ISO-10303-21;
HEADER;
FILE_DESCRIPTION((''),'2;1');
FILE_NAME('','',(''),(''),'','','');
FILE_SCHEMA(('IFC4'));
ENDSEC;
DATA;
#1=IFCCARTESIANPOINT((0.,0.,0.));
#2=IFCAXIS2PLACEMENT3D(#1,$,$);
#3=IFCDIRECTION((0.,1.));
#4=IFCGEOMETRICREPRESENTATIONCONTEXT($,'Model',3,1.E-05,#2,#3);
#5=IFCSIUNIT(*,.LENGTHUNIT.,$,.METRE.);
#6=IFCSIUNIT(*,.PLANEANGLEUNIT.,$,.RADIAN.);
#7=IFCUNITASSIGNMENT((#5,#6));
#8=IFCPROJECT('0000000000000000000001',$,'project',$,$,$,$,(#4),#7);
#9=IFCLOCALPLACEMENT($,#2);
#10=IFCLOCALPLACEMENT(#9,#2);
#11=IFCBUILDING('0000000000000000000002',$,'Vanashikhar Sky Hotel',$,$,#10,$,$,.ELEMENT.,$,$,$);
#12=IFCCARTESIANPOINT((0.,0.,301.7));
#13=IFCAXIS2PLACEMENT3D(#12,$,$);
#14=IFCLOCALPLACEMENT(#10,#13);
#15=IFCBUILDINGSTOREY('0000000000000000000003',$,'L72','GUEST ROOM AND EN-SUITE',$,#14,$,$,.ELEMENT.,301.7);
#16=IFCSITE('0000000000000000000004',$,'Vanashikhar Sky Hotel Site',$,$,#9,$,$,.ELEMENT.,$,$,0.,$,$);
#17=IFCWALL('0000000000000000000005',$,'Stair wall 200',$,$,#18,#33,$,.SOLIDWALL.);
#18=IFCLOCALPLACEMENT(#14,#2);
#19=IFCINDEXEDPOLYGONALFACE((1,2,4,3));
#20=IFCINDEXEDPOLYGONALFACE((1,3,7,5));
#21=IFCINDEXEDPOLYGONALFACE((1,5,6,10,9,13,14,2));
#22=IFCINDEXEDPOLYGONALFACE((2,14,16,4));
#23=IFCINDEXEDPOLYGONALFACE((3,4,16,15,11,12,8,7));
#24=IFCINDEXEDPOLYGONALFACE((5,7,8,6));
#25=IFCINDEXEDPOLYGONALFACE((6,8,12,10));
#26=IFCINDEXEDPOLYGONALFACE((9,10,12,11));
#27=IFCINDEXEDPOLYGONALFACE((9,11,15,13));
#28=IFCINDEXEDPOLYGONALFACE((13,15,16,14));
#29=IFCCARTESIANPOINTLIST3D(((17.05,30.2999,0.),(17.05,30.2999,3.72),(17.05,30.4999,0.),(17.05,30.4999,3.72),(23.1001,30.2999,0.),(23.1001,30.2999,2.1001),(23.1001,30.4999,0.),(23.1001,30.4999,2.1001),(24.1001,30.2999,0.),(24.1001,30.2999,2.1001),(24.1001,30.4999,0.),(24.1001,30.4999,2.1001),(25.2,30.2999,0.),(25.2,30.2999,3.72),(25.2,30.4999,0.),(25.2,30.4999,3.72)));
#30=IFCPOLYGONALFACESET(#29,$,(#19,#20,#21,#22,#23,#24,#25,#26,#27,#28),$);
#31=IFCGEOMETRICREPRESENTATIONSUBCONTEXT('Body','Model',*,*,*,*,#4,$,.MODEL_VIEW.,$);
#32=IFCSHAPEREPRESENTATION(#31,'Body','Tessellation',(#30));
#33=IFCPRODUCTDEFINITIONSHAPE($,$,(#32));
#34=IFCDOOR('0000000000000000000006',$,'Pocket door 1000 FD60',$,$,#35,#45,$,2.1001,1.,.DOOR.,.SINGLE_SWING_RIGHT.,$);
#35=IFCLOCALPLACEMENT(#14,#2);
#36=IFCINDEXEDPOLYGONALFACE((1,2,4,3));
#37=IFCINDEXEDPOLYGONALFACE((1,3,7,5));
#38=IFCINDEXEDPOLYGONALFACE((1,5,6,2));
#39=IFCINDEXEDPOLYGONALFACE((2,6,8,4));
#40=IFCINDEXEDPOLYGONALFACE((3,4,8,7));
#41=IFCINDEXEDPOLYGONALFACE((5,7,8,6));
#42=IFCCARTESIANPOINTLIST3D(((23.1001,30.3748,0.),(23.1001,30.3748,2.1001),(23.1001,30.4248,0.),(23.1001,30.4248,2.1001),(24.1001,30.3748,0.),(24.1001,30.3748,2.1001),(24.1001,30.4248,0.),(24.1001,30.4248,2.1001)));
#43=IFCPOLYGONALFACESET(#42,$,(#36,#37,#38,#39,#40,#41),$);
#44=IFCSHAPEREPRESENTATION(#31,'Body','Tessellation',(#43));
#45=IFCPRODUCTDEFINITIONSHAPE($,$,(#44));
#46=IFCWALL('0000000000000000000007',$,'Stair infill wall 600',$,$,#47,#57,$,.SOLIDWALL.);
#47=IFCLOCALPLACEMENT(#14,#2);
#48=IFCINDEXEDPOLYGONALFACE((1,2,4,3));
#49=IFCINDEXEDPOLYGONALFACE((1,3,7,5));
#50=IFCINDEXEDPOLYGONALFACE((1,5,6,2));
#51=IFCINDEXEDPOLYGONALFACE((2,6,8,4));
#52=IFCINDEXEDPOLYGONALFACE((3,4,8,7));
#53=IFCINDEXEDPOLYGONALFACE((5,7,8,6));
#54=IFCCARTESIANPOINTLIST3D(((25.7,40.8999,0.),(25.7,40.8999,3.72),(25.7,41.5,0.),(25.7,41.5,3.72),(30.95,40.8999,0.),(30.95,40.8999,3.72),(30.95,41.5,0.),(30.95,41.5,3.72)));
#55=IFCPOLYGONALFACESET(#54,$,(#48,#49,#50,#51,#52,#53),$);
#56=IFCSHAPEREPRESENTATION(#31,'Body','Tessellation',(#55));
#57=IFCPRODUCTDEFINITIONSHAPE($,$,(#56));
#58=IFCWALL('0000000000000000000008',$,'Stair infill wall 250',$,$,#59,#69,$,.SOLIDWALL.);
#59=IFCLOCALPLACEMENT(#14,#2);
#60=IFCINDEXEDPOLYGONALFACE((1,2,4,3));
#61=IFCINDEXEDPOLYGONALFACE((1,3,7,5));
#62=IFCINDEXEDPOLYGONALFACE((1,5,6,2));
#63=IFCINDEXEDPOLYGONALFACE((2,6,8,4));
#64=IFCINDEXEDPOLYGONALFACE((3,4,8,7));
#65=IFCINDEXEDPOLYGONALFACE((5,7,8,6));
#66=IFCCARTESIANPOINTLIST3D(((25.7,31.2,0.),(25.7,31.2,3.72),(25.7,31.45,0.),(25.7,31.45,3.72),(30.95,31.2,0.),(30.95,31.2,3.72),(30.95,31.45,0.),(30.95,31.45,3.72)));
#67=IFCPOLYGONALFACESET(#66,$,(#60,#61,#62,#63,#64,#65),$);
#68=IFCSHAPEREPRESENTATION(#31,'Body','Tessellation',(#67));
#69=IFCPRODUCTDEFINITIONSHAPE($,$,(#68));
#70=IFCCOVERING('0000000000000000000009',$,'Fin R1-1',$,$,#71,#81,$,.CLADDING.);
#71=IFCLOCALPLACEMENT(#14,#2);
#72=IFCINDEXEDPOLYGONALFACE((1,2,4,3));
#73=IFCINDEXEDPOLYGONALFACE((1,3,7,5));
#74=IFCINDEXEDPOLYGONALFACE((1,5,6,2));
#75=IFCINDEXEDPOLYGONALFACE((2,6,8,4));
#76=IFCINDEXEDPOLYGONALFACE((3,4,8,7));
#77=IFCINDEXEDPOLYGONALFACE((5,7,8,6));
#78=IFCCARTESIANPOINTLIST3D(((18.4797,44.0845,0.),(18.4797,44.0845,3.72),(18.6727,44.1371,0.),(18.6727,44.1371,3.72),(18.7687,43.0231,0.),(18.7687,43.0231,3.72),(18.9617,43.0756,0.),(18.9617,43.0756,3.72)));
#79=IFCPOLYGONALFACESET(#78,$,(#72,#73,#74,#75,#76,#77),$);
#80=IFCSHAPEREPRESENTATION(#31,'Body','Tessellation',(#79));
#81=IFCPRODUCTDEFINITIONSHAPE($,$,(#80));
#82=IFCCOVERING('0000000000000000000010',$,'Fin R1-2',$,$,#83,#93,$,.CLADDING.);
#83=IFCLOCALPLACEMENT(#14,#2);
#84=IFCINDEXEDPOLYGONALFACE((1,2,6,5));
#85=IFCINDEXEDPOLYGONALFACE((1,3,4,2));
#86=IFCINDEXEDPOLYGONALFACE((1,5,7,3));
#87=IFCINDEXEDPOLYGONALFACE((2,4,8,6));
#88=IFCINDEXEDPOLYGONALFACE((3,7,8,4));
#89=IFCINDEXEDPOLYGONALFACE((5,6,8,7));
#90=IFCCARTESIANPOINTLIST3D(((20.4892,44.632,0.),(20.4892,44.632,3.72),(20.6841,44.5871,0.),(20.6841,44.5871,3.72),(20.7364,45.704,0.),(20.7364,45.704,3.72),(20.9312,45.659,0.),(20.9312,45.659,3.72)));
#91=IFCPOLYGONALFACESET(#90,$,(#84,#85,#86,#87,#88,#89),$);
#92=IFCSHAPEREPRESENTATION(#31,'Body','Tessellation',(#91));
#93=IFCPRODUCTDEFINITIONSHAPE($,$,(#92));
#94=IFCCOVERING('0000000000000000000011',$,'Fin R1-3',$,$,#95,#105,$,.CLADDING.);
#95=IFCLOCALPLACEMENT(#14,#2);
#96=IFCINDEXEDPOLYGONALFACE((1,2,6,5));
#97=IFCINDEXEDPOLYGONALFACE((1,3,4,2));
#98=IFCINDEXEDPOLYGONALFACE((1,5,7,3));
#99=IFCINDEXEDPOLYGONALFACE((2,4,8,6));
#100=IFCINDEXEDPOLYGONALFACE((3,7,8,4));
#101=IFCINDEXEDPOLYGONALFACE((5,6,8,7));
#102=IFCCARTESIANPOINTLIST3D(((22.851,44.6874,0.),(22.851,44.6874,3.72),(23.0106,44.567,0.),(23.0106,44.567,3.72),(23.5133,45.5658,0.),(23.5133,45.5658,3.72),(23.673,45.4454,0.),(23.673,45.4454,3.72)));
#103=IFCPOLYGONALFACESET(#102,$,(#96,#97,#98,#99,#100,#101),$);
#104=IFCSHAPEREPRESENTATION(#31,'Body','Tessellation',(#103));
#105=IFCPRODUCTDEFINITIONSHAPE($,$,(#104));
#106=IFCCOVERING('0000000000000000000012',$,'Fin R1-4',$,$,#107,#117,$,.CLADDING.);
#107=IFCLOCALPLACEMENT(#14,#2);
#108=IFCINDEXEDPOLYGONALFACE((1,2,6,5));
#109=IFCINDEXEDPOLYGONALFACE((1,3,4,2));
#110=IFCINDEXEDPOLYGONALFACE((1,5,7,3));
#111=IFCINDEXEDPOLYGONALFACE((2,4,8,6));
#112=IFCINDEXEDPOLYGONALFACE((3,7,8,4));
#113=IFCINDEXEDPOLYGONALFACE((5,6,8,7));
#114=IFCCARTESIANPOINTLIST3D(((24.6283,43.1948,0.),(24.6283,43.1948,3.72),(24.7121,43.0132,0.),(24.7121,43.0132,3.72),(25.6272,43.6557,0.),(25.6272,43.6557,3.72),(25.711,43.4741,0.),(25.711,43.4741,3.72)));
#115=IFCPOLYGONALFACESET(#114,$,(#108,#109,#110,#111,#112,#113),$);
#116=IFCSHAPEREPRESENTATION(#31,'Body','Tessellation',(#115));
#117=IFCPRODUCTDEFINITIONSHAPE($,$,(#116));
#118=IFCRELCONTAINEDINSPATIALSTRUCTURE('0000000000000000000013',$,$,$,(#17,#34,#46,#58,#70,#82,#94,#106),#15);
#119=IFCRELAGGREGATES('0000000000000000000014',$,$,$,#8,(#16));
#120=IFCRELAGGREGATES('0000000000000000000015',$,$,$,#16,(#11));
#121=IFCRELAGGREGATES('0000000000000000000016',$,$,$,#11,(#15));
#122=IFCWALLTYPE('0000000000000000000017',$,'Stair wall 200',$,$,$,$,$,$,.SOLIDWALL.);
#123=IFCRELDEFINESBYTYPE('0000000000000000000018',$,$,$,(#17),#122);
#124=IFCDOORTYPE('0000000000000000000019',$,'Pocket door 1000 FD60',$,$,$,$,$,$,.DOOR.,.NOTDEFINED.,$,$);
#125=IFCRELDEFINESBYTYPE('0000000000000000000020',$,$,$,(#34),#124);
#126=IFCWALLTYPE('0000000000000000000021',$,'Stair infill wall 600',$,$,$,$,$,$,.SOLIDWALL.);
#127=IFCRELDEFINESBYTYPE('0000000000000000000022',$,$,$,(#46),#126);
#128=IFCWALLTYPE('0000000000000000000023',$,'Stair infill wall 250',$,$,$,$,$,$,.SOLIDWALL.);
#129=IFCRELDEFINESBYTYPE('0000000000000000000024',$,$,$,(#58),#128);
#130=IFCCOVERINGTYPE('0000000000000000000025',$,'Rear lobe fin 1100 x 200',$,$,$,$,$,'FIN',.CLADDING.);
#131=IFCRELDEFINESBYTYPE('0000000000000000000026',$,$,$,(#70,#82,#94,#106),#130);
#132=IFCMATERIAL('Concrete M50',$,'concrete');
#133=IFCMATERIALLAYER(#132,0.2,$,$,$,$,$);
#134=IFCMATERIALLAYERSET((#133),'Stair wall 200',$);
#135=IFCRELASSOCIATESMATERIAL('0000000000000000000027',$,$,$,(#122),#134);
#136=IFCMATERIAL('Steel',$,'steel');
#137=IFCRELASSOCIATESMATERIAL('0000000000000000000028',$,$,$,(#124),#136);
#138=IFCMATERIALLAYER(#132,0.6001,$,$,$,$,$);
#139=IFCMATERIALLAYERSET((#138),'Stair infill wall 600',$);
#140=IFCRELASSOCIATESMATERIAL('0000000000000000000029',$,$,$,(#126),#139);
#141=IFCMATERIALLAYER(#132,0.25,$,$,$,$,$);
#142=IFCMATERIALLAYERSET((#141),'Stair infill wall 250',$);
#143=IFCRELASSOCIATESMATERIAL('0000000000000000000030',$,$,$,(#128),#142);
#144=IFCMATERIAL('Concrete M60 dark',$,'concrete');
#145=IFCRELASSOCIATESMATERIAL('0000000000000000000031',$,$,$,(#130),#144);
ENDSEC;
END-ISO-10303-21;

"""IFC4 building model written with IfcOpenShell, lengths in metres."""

from ifc_helpers import new_model, si_unit, direction, frame, frame_2d, origin, origin_2d, place, context, subcontext, project, spatial, rectangle, extrude, source, transform, mapped, material, layer, layer_set, material_profile, profile_set, type_object, element, fill, save


model = new_model("IFC4")

# Units and contexts
model_context = context("Model", 3, precision=1e-05, world=origin(), true_north=direction((0.0, 1.0)))
body_context = subcontext(model_context, "Body", "Model", "MODEL_VIEW")
ifc_project = project(units=[si_unit("LENGTHUNIT", "METRE"), si_unit("PLANEANGLEUNIT", "RADIAN")], contexts=[model_context])

# Site, building, storey
site_placement = place(None, origin())
site = spatial("IfcSite", under=ifc_project, at=site_placement, Name="Vanashikhar Sky Hotel Site", CompositionType="ELEMENT", RefElevation=0.0)
building_placement = place(site_placement, origin())
building = spatial("IfcBuilding", under=site, at=building_placement, Name="Vanashikhar Sky Hotel", CompositionType="ELEMENT")
storey_placement = place(building_placement, frame((0.0, 0.0, 301.7)))
storey = spatial("IfcBuildingStorey", under=building, at=storey_placement, Name="L72", Description="GUEST ROOM AND EN-SUITE", CompositionType="ELEMENT", Elevation=301.7)

# Shared definitions
ifc_material_1 = material(Name="Concrete M50", Category="concrete")

# Wall, opening, door
ifc_layer_1 = layer(ifc_material_1, 0.2)
ifc_layer_set_1 = layer_set([ifc_layer_1], Name="Stair wall 200")
wall_type_1 = type_object("IfcWallType", Name="Stair wall 200", PredefinedType="SOLIDWALL", material=ifc_layer_set_1)
shared_shape_1 = source(origin(), body_context, "Body", "SweptSolid", [
    extrude(rectangle(XDim=8.1499, YDim=0.2, at=frame_2d((4.075, 0.0))), origin(), (0.0, 0.0, 1.0), 3.72),
])
wall_1_placement = place(storey_placement, frame((17.05, 30.3999, 0.0), z_axis=(0.0, 0.0, 1.0), x_axis=(1.0, 0.0, 0.0)))
wall_1 = element("IfcWall", 1, at=wall_1_placement, inside=storey, type_object=wall_type_1, Name="Stair wall 200", PredefinedType="SOLIDWALL", context=body_context, shape_type="MappedRepresentation", body=[
    mapped(shared_shape_1, transform((0.0, 0.0, 0.0), scale=1.0)),
])
shared_shape_2 = source(origin(), body_context, "Body", "SweptSolid", [
    extrude(rectangle(XDim=1.0, YDim=2.1001, at=frame_2d((0.5, 1.05))), frame((0.0, 0.1099, 0.0), z_axis=(0.0, -1.0, 0.0), x_axis=(1.0, 0.0, 0.0)), (0.0, 0.0, 1.0), 0.22),
])
opening_1_placement = place(wall_1_placement, frame((6.05, 0.0, 0.0)))
opening_1 = element("IfcOpeningElement", 2, at=opening_1_placement, cuts=wall_1, PredefinedType="OPENING", context=body_context, shape_type="MappedRepresentation", body=[
    mapped(shared_shape_2, transform((0.0, 0.0, 0.0), scale=1.0)),
])
ifc_material_2 = material(Name="Steel", Category="steel")
door_type_1 = type_object("IfcDoorType", Name="Pocket door 1000 FD60", OperationType="NOTDEFINED", PredefinedType="DOOR", material=ifc_material_2)
shared_shape_3 = source(origin(), body_context, "Body", "SweptSolid", [
    extrude(rectangle(XDim=1.0, YDim=2.1001, at=frame_2d((0.5, 1.05))), frame((0.0, 0.0249, 0.0), z_axis=(0.0, -1.0, 0.0), x_axis=(1.0, 0.0, 0.0)), (0.0, 0.0, 1.0), 0.05),
])
door_1_placement = place(opening_1_placement, origin())
door_1 = element("IfcDoor", 3, at=door_1_placement, inside=storey, type_object=door_type_1, Name="Pocket door 1000 FD60", OperationType="SINGLE_SWING_RIGHT", OverallHeight=2.1001, OverallWidth=1.0, PredefinedType="DOOR", context=body_context, shape_type="MappedRepresentation", body=[
    mapped(shared_shape_3, transform((0.0, 0.0, 0.0), scale=1.0)),
])
fill(opening_1, door_1)

# Walls
ifc_layer_2 = layer(ifc_material_1, 0.6001)
ifc_layer_set_2 = layer_set([ifc_layer_2], Name="Stair infill wall 600")
wall_type_2 = type_object("IfcWallType", Name="Stair infill wall 600", PredefinedType="SOLIDWALL", material=ifc_layer_set_2)
shared_shape_4 = source(origin(), body_context, "Body", "SweptSolid", [
    extrude(rectangle(XDim=5.25, YDim=0.6001, at=frame_2d((2.625, 0.0))), origin(), (0.0, 0.0, 1.0), 3.72),
])
wall_2_placement = place(storey_placement, frame((25.7, 41.2, 0.0), z_axis=(0.0, 0.0, 1.0), x_axis=(1.0, 0.0, 0.0)))
element("IfcWall", 4, at=wall_2_placement, inside=storey, type_object=wall_type_2, Name="Stair infill wall 600", PredefinedType="SOLIDWALL", context=body_context, shape_type="MappedRepresentation", body=[
    mapped(shared_shape_4, transform((0.0, 0.0, 0.0), scale=1.0)),
])
ifc_layer_3 = layer(ifc_material_1, 0.25)
ifc_layer_set_3 = layer_set([ifc_layer_3], Name="Stair infill wall 250")
wall_type_3 = type_object("IfcWallType", Name="Stair infill wall 250", PredefinedType="SOLIDWALL", material=ifc_layer_set_3)
shared_shape_5 = source(origin(), body_context, "Body", "SweptSolid", [
    extrude(rectangle(XDim=5.25, YDim=0.25, at=frame_2d((2.625, 0.0))), origin(), (0.0, 0.0, 1.0), 3.72),
])
wall_3_placement = place(storey_placement, frame((25.7, 31.325, 0.0), z_axis=(0.0, 0.0, 1.0), x_axis=(1.0, 0.0, 0.0)))
element("IfcWall", 5, at=wall_3_placement, inside=storey, type_object=wall_type_3, Name="Stair infill wall 250", PredefinedType="SOLIDWALL", context=body_context, shape_type="MappedRepresentation", body=[
    mapped(shared_shape_5, transform((0.0, 0.0, 0.0), scale=1.0)),
])

# Coverings
ifc_material_3 = material(Name="Concrete M60 dark", Category="concrete")
ifc_material_profile = material_profile(ifc_material_3, rectangle(XDim=1.1001, YDim=0.2, at=origin_2d()))
ifc_profile_set = profile_set([ifc_material_profile], Name="Rear lobe fin 1100 x 200")
covering_type = type_object("IfcCoveringType", Name="Rear lobe fin 1100 x 200", ElementType="FIN", PredefinedType="CLADDING", material=ifc_profile_set)
shared_shape_6 = source(origin(), body_context, "Body", "SweptSolid", [
    extrude(rectangle(XDim=1.1001, YDim=0.2, at=origin_2d()), origin(), (0.0, 0.0, 1.0), 3.72),
])
for number, where, z_axis, x_axis, name in (
    (6, (18.7207, 43.5801, 0.0), (0.0, 0.0, 1.0), (-0.262711, 0.964874, 0.0), "Fin R1-1"),
    (7, (20.7102, 45.1455, 0.0), (0.0, 0.0, 1.0), (0.224645, 0.974441, 0.0), "Fin R1-2"),
    (8, (23.262, 45.0664, 0.0), (0.0, 0.0, 1.0), (0.602066, 0.798446, 0.0), "Fin R1-3"),
    (9, (25.1697, 43.3345, 0.0), (0.0, 0.0, 1.0), (0.908004, 0.418961, 0.0), "Fin R1-4"),
):
    element("IfcCovering", number, at=place(storey_placement, frame(where, z_axis=z_axis, x_axis=x_axis)), inside=storey, type_object=covering_type, Name=name, PredefinedType="CLADDING", context=body_context, shape_type="MappedRepresentation", body=[
        mapped(shared_shape_6, transform((0.0, 0.0, 0.0), scale=1.0)),
    ])

save(model, "model.ifc")
